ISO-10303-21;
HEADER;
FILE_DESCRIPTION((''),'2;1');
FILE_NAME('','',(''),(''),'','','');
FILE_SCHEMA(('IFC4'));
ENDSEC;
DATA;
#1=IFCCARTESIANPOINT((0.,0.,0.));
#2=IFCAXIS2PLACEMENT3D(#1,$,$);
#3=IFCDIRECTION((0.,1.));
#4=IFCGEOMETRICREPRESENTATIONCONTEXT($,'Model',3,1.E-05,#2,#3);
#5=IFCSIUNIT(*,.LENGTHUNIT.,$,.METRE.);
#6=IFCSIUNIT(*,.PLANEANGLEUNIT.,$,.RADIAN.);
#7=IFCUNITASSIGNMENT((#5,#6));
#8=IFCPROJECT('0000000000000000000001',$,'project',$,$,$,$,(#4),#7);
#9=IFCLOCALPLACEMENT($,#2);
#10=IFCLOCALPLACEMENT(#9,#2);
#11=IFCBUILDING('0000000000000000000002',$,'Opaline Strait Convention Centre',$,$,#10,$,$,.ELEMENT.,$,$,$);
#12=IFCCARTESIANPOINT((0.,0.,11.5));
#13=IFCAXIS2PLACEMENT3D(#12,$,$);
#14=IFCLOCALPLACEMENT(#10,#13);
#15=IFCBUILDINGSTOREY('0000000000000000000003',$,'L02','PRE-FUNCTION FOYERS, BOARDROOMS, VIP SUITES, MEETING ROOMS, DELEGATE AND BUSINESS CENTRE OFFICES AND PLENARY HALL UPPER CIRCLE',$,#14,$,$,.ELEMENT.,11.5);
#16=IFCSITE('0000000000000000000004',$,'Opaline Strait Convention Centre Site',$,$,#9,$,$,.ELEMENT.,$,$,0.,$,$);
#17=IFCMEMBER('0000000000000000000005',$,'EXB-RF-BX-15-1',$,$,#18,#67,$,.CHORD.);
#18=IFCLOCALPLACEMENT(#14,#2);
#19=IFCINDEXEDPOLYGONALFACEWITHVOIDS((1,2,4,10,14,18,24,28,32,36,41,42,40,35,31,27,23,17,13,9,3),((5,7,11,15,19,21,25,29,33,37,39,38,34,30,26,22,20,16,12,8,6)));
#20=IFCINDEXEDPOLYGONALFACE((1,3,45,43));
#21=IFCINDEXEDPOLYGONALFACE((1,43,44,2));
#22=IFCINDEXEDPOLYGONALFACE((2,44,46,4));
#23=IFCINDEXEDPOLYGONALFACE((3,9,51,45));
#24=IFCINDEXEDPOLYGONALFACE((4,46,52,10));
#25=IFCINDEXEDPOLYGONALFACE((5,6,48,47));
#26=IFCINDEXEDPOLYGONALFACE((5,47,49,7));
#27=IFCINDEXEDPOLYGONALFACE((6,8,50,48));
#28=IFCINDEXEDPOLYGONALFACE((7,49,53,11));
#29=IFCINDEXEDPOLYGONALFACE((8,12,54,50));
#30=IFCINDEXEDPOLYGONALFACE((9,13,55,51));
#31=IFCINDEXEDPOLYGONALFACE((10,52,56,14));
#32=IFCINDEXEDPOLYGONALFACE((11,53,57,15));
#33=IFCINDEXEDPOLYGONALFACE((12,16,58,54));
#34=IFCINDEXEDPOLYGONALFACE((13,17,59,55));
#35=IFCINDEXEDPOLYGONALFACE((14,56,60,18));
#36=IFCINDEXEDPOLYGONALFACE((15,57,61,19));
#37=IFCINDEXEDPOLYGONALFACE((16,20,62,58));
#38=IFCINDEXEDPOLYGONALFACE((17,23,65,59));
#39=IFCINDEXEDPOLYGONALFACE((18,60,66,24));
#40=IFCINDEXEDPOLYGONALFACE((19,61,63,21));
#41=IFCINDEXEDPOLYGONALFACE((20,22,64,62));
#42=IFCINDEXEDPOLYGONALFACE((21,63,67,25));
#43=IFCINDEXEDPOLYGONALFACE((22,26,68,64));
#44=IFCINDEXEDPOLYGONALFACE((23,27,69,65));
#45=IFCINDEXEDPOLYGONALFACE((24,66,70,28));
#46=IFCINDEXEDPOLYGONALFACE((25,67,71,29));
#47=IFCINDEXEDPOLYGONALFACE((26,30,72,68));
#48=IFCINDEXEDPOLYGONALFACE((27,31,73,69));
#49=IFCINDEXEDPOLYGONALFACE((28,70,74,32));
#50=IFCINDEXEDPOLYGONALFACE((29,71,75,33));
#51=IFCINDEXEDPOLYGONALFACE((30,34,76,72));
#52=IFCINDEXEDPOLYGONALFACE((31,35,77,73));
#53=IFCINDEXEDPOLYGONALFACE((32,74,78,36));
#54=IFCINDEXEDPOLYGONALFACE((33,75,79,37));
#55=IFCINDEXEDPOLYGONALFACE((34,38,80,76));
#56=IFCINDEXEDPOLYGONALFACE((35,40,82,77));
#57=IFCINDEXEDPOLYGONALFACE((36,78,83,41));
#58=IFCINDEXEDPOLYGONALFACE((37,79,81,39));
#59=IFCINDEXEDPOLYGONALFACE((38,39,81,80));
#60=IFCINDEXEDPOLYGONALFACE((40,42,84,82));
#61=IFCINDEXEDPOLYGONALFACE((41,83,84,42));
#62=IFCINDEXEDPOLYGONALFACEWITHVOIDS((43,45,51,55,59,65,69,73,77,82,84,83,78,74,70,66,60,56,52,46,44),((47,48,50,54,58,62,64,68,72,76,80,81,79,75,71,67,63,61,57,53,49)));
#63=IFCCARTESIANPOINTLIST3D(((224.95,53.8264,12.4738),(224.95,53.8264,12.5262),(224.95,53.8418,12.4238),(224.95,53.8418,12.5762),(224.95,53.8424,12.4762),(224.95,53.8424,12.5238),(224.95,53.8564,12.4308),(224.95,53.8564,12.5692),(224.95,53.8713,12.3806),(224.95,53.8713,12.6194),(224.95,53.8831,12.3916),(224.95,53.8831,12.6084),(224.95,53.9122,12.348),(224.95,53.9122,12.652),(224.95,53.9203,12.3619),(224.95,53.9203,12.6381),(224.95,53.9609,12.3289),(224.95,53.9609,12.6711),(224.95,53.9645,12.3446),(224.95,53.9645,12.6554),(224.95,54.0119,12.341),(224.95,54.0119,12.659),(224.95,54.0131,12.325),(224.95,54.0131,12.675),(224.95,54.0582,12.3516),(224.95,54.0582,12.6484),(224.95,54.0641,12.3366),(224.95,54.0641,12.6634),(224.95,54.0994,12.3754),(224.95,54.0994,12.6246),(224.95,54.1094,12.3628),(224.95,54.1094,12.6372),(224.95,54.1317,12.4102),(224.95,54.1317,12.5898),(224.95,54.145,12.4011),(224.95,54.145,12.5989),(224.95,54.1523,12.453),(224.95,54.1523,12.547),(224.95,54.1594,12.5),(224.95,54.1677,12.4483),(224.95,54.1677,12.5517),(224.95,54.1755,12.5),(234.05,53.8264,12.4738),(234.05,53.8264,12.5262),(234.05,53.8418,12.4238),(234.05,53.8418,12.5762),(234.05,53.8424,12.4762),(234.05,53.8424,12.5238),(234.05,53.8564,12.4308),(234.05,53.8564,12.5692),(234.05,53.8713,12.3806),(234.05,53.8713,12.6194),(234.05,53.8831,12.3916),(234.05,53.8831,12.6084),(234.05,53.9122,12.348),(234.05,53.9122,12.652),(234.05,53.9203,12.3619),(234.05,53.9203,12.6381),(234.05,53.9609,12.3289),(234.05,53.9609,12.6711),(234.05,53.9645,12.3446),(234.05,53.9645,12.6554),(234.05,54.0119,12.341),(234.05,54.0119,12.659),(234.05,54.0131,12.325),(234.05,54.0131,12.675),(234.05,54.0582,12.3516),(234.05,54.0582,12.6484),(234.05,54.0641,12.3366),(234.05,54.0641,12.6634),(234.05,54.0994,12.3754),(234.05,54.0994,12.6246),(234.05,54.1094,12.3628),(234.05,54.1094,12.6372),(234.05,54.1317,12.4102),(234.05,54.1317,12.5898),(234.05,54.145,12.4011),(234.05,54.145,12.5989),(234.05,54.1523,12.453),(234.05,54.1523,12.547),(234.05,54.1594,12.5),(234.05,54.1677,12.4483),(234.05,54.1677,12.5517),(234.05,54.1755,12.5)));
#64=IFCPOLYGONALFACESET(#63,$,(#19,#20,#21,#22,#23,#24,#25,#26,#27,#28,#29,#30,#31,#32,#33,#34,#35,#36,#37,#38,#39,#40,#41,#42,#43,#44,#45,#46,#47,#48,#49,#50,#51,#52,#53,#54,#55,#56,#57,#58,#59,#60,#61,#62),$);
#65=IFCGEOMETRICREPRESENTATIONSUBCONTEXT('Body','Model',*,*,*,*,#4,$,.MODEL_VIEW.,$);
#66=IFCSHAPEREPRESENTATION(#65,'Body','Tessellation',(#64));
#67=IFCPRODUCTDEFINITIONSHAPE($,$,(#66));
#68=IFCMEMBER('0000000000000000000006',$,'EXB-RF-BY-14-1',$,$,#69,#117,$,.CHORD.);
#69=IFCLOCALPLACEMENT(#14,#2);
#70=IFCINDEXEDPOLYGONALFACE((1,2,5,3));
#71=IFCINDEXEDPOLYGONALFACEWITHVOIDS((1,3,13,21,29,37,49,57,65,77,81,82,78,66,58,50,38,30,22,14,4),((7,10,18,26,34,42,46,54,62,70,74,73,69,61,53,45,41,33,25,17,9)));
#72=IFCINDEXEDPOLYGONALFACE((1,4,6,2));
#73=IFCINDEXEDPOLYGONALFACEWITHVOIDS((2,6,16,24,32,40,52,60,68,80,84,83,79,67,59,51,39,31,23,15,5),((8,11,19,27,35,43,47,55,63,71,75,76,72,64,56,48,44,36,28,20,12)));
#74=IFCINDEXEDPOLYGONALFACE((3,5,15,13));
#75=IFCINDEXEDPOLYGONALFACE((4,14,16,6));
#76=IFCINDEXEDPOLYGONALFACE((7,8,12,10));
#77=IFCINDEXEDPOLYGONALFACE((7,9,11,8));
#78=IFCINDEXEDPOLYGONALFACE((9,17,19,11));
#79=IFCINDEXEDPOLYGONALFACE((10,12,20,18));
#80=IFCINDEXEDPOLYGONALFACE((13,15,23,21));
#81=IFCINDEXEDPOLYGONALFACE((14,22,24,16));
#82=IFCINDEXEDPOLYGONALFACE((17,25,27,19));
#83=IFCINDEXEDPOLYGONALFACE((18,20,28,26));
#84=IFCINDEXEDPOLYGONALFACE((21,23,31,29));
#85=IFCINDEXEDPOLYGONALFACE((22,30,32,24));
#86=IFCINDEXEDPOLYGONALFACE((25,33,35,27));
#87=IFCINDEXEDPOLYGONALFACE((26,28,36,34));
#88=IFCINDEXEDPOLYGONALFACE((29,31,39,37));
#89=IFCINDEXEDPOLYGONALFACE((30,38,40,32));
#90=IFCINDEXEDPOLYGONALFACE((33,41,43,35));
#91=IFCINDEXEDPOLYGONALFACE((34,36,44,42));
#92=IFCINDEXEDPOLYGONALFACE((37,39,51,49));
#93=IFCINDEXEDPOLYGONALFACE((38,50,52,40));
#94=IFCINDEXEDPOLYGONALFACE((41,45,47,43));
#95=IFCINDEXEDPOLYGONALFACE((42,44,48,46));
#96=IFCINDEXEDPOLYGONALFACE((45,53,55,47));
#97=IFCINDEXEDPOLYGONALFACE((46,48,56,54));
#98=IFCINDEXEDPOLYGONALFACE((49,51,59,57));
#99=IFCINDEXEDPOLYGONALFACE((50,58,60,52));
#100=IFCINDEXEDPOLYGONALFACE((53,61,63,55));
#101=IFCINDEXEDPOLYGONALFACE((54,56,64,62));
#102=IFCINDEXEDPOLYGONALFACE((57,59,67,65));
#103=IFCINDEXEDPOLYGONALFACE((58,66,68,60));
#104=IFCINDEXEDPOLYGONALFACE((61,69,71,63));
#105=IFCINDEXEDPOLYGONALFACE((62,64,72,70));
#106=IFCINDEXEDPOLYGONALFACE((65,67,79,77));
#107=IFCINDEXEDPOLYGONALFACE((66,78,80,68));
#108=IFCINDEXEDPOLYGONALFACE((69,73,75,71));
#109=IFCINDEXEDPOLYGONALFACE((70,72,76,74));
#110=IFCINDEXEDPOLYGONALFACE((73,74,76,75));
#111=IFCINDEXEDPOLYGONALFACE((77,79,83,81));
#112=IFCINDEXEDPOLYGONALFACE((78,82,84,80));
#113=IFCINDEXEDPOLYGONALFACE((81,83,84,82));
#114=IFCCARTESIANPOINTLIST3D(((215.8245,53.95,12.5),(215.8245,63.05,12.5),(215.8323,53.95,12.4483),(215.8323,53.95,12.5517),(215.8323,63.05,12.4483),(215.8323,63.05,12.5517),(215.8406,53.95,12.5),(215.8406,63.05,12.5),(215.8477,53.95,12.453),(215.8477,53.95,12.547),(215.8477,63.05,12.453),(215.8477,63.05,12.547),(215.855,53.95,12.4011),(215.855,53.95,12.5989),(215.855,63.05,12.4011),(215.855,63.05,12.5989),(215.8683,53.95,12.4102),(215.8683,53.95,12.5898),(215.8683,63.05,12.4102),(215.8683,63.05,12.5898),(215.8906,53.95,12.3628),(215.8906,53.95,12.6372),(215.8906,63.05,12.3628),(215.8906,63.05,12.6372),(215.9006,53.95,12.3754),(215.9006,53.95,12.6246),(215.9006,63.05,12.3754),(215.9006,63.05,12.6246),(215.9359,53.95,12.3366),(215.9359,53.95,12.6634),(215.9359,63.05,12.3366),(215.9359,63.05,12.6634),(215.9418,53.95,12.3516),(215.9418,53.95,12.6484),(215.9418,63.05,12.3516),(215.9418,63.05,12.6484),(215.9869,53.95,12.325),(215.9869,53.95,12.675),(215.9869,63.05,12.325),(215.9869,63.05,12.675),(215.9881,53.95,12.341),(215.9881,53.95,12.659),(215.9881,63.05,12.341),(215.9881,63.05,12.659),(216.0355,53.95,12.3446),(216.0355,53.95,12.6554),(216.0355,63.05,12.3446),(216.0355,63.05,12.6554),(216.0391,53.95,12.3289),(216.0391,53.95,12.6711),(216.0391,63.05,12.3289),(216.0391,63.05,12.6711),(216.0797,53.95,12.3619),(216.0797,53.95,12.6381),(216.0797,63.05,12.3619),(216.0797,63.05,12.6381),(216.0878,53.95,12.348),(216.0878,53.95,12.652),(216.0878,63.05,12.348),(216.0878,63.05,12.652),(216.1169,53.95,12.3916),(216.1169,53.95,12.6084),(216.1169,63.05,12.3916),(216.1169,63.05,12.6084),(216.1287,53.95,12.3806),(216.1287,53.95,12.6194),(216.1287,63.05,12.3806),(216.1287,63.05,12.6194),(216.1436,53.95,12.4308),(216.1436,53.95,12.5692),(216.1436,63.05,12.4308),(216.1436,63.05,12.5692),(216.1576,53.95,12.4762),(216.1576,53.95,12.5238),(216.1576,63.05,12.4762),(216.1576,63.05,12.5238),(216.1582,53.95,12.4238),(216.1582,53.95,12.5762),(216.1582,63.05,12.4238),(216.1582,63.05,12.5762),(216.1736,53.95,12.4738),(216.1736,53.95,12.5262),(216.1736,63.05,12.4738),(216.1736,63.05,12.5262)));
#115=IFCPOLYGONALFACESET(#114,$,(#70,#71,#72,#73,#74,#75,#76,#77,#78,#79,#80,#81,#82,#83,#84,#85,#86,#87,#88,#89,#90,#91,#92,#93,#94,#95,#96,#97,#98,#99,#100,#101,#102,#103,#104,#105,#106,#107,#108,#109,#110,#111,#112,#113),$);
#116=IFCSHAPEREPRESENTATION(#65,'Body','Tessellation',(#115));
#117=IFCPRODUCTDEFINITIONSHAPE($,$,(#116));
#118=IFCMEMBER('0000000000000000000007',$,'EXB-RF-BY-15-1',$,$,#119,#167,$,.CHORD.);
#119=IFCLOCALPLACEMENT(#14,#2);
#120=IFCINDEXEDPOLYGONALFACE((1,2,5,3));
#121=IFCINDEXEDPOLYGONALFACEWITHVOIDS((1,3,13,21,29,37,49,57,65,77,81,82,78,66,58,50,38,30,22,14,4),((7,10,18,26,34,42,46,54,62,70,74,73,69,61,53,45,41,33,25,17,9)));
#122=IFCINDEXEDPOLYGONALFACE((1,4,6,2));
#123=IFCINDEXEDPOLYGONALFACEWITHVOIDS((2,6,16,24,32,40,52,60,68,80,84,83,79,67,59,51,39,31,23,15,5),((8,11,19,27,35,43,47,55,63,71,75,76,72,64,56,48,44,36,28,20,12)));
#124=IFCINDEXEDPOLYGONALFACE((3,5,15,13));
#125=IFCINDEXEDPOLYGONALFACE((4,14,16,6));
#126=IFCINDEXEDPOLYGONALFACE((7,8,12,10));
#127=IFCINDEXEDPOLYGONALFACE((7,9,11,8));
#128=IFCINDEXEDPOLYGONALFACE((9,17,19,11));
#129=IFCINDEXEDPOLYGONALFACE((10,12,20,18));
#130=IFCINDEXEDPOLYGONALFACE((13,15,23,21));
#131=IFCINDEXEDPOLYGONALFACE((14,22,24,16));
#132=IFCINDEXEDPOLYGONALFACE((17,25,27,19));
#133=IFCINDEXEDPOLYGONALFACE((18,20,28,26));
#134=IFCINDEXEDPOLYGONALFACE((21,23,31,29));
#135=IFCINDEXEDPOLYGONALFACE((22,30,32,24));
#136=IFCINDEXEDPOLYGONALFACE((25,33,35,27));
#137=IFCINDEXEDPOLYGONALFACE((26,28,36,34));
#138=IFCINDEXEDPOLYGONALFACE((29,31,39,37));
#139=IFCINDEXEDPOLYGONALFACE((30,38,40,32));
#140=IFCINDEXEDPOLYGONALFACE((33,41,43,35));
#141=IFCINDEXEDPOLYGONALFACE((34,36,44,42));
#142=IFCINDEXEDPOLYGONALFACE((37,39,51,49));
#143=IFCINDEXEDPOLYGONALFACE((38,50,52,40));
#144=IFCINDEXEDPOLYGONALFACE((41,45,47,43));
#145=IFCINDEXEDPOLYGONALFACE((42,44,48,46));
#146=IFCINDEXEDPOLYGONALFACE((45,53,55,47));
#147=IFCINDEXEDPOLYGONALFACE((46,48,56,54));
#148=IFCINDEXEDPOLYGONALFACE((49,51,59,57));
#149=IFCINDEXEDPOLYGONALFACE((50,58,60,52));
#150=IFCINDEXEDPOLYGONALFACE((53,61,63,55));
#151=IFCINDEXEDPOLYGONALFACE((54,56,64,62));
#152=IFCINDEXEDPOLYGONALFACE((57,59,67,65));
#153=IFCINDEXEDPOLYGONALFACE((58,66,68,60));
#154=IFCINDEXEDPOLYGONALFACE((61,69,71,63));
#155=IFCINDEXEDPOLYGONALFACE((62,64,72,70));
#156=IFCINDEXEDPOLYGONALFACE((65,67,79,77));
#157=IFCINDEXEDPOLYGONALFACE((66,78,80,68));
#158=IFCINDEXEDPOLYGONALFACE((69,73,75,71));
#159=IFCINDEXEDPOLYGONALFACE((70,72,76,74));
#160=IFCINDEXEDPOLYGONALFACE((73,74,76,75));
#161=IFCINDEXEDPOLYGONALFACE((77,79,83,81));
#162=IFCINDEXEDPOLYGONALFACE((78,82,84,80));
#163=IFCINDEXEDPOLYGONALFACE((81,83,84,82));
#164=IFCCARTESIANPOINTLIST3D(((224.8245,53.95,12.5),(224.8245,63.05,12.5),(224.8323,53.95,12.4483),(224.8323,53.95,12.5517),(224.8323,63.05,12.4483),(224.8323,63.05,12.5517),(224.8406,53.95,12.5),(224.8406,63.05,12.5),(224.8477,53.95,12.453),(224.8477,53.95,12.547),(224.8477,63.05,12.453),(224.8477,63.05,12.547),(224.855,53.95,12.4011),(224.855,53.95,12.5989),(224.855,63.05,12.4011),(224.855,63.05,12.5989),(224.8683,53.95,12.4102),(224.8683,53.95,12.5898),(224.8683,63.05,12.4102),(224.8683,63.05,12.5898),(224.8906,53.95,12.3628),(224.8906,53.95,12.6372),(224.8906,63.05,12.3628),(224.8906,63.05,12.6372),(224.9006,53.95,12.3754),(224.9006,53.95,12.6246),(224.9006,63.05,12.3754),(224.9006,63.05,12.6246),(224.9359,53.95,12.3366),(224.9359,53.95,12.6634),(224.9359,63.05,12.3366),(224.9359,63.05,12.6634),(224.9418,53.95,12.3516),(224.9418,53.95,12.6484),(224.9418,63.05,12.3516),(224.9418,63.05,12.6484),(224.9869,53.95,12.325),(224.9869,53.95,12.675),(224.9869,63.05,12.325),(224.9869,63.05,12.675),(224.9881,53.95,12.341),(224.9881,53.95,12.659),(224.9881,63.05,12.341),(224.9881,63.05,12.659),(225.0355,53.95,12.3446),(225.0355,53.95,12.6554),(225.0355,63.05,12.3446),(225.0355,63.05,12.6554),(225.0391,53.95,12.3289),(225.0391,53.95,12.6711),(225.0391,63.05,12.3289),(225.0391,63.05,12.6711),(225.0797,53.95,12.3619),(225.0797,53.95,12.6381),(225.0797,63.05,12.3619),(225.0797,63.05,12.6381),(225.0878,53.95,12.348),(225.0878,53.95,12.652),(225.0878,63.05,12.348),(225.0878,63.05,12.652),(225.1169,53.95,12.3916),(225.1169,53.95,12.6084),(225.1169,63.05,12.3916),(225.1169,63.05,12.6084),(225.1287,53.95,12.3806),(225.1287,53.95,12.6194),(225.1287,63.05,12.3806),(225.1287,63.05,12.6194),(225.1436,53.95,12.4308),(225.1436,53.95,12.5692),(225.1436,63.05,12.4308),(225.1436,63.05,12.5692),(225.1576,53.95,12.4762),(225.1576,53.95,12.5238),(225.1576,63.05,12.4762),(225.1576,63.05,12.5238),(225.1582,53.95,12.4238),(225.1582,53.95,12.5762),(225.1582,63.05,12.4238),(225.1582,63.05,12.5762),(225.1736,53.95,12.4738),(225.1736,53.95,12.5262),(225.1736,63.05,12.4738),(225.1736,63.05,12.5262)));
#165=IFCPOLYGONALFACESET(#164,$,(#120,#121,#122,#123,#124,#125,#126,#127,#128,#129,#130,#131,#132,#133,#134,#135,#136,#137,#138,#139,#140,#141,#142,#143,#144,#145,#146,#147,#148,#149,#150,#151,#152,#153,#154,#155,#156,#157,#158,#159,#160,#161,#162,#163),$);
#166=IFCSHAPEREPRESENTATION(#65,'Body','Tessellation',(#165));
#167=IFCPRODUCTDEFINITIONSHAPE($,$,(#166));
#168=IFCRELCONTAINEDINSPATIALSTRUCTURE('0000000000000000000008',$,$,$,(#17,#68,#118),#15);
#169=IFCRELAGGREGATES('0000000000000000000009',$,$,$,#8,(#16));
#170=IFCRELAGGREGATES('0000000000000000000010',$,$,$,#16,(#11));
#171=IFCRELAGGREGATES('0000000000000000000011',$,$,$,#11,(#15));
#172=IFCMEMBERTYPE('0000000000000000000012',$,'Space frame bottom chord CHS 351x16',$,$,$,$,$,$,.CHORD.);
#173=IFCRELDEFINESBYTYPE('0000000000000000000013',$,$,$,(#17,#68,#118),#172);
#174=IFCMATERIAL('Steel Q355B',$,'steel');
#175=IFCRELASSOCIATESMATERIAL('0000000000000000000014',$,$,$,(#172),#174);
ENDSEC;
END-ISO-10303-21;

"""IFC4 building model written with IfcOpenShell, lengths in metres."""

from ifc_helpers import new_model, si_unit, direction, frame, origin, origin_2d, place, context, subcontext, project, spatial, hollow_circle, extrude, material, material_profile, profile_set, type_object, element, save


model = new_model("IFC4")

# Units and contexts
model_context = context("Model", 3, precision=1e-05, world=origin(), true_north=direction((0.0, 1.0)))
body_context = subcontext(model_context, "Body", "Model", "MODEL_VIEW")
ifc_project = project(units=[si_unit("LENGTHUNIT", "METRE"), si_unit("PLANEANGLEUNIT", "RADIAN")], contexts=[model_context])

# Site, building, storey
site_placement = place(None, origin())
site = spatial("IfcSite", under=ifc_project, at=site_placement, Name="Opaline Strait Convention Centre Site", CompositionType="ELEMENT", RefElevation=0.0)
building_placement = place(site_placement, origin())
building = spatial("IfcBuilding", under=site, at=building_placement, Name="Opaline Strait Convention Centre", CompositionType="ELEMENT")
storey_placement = place(building_placement, frame((0.0, 0.0, 11.5)))
storey = spatial("IfcBuildingStorey", under=building, at=storey_placement, Name="L02", Description="PRE-FUNCTION FOYERS, BOARDROOMS, VIP SUITES, MEETING ROOMS, DELEGATE AND BUSINESS CENTRE OFFICES AND PLENARY HALL UPPER CIRCLE", CompositionType="ELEMENT", Elevation=11.5)

# Members
ifc_material_1 = material(Name="Steel Q355B", Category="steel")
ifc_material_profile_1 = material_profile(ifc_material_1, hollow_circle(Radius=0.1755, WallThickness=0.0161, at=origin_2d()), Name="CHS 351x16")
ifc_profile_set_1 = profile_set([ifc_material_profile_1], Name="Steel Q355B")
member_type_1 = type_object("IfcMemberType", Name="Space frame bottom chord CHS 351x16", PredefinedType="CHORD", material=ifc_profile_set_1)
for number, where, z_axis, x_axis, name in (
    (1, (224.95, 54.0, 12.5), (1.0, 0.0, 0.0), (0.0, 1.0, 0.0), "EXB-RF-BX-15-1"),
    (2, (216.0, 53.95, 12.5), (0.0, 1.0, 0.0), (-1.0, 0.0, 0.0), "EXB-RF-BY-14-1"),
    (3, (225.0, 53.95, 12.5), (0.0, 1.0, 0.0), (-1.0, 0.0, 0.0), "EXB-RF-BY-15-1"),
):
    element("IfcMember", number, at=place(storey_placement, frame(where, z_axis=z_axis, x_axis=x_axis)), inside=storey, type_object=member_type_1, Name=name, PredefinedType="CHORD", context=body_context, shape_type="SweptSolid", body=[
        extrude(hollow_circle(Radius=0.1755, WallThickness=0.0161, at=origin_2d()), origin(), (0.0, 0.0, 1.0), 9.1001),
    ])

save(model, "model.ifc")
